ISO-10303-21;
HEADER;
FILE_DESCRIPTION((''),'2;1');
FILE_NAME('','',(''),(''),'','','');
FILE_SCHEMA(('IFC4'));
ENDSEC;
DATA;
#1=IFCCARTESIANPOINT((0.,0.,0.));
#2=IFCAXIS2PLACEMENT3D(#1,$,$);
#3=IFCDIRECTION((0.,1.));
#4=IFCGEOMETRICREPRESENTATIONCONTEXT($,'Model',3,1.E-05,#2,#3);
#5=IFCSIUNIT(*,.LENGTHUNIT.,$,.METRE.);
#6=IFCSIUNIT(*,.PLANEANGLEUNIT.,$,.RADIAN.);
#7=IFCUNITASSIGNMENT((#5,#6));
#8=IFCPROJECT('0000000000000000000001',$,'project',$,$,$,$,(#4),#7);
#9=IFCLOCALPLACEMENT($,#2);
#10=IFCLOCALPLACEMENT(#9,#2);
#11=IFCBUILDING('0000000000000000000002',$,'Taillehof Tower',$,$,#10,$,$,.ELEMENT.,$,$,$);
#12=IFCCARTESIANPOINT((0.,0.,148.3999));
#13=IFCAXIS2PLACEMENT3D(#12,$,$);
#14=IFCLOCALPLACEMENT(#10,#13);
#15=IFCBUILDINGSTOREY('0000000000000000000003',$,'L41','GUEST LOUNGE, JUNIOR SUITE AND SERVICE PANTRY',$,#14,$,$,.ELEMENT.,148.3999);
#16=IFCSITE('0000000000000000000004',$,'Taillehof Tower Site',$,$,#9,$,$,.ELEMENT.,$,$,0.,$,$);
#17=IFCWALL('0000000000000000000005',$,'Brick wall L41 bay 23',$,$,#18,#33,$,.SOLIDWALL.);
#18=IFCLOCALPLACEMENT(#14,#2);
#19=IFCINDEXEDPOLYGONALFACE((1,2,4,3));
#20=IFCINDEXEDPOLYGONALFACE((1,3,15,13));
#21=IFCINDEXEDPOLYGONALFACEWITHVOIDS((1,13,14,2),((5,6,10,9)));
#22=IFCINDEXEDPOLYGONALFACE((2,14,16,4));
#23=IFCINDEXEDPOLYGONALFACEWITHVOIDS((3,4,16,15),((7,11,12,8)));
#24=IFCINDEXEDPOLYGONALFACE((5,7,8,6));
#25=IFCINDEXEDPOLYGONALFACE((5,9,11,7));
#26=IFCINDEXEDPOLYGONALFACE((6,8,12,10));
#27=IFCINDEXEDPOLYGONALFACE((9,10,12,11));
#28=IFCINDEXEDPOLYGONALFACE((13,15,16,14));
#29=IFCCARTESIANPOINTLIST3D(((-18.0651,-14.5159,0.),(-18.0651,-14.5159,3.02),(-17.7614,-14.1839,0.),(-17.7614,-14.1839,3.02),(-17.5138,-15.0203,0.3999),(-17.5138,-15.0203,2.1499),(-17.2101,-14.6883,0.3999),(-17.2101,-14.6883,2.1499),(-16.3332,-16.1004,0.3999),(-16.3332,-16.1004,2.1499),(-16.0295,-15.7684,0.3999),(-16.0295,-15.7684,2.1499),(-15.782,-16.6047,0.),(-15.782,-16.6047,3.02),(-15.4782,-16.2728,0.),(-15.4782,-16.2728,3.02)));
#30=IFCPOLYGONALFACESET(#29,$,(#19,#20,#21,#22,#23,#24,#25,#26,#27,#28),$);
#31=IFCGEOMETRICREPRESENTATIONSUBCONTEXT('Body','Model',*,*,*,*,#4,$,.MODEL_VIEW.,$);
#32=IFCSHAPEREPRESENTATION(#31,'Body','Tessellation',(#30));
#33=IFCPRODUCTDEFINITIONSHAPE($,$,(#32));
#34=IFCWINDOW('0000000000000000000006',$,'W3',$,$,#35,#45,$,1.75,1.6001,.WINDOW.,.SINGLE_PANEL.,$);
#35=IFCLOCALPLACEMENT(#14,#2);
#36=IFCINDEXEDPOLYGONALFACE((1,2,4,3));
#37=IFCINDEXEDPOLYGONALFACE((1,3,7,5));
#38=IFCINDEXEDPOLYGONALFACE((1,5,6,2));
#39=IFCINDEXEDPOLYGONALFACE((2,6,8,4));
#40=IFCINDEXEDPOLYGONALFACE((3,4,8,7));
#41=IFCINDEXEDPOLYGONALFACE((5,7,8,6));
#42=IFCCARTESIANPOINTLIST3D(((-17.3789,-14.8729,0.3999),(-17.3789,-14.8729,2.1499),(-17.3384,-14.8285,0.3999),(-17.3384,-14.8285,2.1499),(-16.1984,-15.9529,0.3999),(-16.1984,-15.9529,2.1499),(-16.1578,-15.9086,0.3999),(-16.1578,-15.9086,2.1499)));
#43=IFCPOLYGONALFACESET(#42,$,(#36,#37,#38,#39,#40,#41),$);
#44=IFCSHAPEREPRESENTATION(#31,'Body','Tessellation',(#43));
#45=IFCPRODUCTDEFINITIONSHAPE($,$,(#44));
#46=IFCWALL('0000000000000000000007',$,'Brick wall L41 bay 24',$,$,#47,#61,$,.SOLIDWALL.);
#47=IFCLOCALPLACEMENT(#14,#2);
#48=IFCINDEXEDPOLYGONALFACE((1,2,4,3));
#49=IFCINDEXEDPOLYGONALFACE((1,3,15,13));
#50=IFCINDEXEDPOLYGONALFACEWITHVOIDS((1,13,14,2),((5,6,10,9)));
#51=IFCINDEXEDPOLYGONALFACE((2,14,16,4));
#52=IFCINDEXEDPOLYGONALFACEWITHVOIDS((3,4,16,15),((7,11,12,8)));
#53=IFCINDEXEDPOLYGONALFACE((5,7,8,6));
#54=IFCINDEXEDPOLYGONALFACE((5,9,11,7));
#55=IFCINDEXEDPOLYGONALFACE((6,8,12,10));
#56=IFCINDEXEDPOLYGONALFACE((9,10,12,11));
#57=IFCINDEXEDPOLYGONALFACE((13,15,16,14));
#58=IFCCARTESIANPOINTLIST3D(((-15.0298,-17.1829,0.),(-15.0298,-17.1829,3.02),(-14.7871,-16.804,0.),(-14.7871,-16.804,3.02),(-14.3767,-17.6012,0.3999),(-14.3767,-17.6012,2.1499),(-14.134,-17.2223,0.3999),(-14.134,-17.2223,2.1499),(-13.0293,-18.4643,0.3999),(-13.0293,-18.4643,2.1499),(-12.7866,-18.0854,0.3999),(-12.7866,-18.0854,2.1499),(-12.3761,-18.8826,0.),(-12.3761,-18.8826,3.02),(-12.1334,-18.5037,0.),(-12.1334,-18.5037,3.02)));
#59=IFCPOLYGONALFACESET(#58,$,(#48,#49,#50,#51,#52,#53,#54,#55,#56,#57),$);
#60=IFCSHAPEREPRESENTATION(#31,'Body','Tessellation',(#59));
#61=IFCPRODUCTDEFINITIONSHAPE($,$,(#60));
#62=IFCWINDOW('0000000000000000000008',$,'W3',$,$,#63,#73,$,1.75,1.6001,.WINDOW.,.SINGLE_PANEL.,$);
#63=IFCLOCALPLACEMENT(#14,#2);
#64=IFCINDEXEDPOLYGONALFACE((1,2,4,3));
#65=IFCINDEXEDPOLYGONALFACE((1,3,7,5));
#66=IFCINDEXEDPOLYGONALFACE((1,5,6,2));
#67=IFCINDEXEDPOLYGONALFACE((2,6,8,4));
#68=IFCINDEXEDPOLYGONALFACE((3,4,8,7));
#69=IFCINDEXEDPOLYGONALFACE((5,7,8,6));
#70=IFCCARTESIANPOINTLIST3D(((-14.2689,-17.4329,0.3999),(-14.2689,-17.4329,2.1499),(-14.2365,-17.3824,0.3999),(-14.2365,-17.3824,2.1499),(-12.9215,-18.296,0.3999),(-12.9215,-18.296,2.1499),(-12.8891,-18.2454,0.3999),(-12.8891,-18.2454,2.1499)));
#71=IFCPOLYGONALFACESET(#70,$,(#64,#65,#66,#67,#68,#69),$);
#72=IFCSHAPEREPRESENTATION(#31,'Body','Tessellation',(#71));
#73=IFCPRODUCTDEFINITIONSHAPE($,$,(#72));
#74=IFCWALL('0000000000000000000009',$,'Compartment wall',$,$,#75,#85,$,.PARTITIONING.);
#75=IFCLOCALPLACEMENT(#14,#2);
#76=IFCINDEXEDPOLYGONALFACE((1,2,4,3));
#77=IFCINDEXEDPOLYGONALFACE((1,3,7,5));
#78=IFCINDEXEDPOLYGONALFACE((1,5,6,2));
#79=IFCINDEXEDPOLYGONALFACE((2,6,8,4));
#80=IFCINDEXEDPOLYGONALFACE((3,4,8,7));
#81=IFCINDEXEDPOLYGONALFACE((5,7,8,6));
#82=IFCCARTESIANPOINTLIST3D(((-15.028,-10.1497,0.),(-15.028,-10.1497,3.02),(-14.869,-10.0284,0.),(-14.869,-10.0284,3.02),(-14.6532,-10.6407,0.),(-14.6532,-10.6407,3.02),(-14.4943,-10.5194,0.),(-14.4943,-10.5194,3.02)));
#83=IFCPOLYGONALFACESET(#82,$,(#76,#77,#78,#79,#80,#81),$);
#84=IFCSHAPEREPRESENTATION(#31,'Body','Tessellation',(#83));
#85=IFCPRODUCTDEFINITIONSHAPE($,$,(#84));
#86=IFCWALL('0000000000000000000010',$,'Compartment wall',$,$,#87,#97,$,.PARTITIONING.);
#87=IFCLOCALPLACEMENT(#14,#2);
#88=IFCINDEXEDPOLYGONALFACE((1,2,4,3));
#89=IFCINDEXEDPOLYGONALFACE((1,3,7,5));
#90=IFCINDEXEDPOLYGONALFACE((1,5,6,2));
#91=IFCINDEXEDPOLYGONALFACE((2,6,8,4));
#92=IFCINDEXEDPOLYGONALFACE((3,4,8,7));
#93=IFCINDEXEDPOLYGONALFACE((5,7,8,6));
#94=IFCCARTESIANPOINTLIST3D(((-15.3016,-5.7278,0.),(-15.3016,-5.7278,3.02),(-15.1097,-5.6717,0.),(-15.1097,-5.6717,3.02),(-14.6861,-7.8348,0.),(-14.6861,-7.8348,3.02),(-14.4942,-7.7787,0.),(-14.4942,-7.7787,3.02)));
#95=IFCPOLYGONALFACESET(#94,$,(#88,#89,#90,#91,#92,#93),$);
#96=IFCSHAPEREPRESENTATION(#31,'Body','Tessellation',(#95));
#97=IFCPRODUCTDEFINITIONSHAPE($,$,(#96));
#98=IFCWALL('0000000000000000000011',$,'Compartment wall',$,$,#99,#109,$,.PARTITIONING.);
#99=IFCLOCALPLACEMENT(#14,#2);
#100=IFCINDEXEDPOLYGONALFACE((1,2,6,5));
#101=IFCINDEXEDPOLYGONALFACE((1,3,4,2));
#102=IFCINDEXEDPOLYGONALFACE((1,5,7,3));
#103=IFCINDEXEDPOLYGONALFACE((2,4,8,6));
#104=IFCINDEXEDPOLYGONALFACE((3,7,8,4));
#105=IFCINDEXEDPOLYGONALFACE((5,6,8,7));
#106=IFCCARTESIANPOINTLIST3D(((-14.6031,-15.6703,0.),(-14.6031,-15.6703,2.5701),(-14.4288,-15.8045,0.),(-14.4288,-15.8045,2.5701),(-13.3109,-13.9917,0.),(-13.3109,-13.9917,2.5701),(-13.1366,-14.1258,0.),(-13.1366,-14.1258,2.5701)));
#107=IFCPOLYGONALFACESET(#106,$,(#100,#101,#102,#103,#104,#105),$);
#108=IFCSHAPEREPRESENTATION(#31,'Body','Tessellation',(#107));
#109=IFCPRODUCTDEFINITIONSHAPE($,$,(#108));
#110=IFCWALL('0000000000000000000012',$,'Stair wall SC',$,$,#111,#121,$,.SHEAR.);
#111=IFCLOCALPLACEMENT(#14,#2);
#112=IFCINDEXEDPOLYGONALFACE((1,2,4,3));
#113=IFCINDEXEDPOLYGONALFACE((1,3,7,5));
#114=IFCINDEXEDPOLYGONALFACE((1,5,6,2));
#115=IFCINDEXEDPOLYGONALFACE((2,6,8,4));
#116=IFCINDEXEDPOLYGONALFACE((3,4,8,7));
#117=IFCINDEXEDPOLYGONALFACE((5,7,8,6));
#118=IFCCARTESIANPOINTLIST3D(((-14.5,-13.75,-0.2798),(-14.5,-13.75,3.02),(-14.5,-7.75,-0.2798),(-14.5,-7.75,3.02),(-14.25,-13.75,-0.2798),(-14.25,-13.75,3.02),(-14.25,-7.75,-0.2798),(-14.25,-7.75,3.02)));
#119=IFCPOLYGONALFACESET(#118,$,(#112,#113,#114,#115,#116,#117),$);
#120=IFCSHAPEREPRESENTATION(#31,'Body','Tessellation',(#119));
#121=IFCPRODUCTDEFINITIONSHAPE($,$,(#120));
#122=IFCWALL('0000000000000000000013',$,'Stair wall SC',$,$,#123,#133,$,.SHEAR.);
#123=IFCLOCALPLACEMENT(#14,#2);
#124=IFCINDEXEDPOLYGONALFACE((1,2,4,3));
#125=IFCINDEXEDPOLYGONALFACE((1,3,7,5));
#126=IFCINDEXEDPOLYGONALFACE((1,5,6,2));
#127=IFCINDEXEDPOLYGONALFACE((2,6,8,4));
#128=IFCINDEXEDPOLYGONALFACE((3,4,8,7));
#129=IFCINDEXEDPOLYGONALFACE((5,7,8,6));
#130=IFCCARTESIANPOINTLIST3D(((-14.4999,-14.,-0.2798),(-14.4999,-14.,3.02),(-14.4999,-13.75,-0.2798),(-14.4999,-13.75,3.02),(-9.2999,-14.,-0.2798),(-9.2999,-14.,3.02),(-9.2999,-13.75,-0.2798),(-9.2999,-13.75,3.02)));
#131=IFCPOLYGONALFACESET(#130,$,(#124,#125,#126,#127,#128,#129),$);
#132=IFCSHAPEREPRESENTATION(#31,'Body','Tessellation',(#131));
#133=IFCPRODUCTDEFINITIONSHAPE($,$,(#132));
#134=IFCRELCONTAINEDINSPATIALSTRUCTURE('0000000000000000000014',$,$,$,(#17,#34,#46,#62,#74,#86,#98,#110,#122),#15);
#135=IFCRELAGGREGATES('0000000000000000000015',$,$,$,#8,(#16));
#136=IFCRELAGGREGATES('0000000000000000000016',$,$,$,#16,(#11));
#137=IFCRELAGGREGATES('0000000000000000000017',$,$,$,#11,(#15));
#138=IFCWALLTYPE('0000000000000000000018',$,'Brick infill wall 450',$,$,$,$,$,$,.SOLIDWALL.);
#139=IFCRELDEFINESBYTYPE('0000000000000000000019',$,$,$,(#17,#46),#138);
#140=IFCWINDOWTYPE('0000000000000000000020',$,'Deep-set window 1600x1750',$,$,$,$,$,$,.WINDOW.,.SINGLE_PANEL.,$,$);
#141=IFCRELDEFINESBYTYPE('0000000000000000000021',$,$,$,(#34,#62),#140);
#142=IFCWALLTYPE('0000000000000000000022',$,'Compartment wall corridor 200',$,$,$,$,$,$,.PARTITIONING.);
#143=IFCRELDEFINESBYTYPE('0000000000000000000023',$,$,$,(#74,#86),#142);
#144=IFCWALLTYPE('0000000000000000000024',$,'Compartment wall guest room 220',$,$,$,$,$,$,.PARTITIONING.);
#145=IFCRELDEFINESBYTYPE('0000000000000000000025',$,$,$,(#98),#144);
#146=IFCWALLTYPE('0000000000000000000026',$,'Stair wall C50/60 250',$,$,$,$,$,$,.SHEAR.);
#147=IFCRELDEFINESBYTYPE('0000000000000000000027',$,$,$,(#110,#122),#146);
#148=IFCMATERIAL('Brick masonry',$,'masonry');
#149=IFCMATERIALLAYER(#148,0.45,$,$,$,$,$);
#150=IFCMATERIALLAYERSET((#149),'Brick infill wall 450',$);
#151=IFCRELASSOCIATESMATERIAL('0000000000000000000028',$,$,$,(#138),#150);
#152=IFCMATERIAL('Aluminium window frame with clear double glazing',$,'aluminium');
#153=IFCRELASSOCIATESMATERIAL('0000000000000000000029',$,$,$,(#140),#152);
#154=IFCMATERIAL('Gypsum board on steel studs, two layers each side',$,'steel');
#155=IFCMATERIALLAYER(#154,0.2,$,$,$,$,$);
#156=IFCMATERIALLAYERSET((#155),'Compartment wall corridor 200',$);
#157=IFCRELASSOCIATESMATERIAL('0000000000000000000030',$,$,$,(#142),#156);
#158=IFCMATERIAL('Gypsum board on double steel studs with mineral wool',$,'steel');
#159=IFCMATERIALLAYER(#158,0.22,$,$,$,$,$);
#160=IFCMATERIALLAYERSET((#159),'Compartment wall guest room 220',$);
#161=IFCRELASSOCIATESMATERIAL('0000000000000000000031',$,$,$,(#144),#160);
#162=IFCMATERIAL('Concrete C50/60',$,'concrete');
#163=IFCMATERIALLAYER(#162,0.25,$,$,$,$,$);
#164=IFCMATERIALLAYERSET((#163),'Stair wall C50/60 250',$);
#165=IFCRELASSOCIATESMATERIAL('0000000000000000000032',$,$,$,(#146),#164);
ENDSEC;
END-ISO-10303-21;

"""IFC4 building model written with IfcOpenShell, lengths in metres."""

from ifc_helpers import new_model, si_unit, direction, frame, frame_2d, origin, place, context, subcontext, project, spatial, rectangle, extrude, material, layer, layer_set, type_object, element, fill, save


model = new_model("IFC4")

# Units and contexts
model_context = context("Model", 3, precision=1e-05, world=origin(), true_north=direction((0.0, 1.0)))
body_context = subcontext(model_context, "Body", "Model", "MODEL_VIEW")
ifc_project = project(units=[si_unit("LENGTHUNIT", "METRE"), si_unit("PLANEANGLEUNIT", "RADIAN")], contexts=[model_context])

# Site, building, storey
site_placement = place(None, origin())
site = spatial("IfcSite", under=ifc_project, at=site_placement, Name="Taillehof Tower Site", CompositionType="ELEMENT", RefElevation=0.0)
building_placement = place(site_placement, origin())
building = spatial("IfcBuilding", under=site, at=building_placement, Name="Taillehof Tower", CompositionType="ELEMENT")
storey_placement = place(building_placement, frame((0.0, 0.0, 148.3999)))
storey = spatial("IfcBuildingStorey", under=building, at=storey_placement, Name="L41", Description="GUEST LOUNGE, JUNIOR SUITE AND SERVICE PANTRY", CompositionType="ELEMENT", Elevation=148.3999)

# Walls, openings, windows
ifc_material_1 = material(Name="Brick masonry", Category="masonry")
ifc_layer_1 = layer(ifc_material_1, 0.45)
ifc_layer_set_1 = layer_set([ifc_layer_1], Name="Brick infill wall 450")
wall_type_1 = type_object("IfcWallType", Name="Brick infill wall 450", PredefinedType="SOLIDWALL", material=ifc_layer_set_1)
ifc_material_2 = material(Name="Aluminium window frame with clear double glazing", Category="aluminium")
window_type = type_object("IfcWindowType", Name="Deep-set window 1600x1750", PartitioningType="SINGLE_PANEL", PredefinedType="WINDOW", material=ifc_material_2)
wall_1_placement = place(storey_placement, frame((-17.9133, -14.3499, 0.0), z_axis=(0.0, 0.0, 1.0), x_axis=(0.737809, -0.67501, 0.0)))
wall_1 = element("IfcWall", 1, at=wall_1_placement, inside=storey, type_object=wall_type_1, Name="Brick wall L41 bay 23", PredefinedType="SOLIDWALL", context=body_context, shape_type="SweptSolid", body=[
    extrude(rectangle(XDim=3.0945, YDim=0.45, at=frame_2d((1.5474, 0.0))), origin(), (0.0, 0.0, 1.0), 3.02),
])
opening_1_placement = place(wall_1_placement, frame((0.7473, 0.0, 0.3999)))
opening_1 = element("IfcOpeningElement", 2, at=opening_1_placement, cuts=wall_1, PredefinedType="OPENING", context=body_context, shape_type="SweptSolid", body=[
    extrude(rectangle(XDim=1.6001, YDim=1.75, at=frame_2d((0.8, 0.875))), frame((0.0, 0.2349, 0.0), z_axis=(0.0, -1.0, 0.0), x_axis=(1.0, 0.0, 0.0)), (0.0, 0.0, 1.0), 0.47),
])
window_1_placement = place(opening_1_placement, origin())
window_1 = element("IfcWindow", 3, at=window_1_placement, inside=storey, type_object=window_type, Name="W3", OverallHeight=1.75, OverallWidth=1.6001, PartitioningType="SINGLE_PANEL", PredefinedType="WINDOW", context=body_context, shape_type="SweptSolid", body=[
    extrude(rectangle(XDim=1.6001, YDim=1.75, at=frame_2d((0.8, 0.875))), frame((0.0, 0.0349, 0.0), z_axis=(0.0, -1.0, 0.0), x_axis=(1.0, 0.0, 0.0)), (0.0, 0.0, 1.0), 0.0601),
])
fill(opening_1, window_1)
wall_2_placement = place(storey_placement, frame((-14.9084, -16.9934, 0.0), z_axis=(0.0, 0.0, 1.0), x_axis=(0.842066, -0.539375, 0.0)))
wall_2 = element("IfcWall", 4, at=wall_2_placement, inside=storey, type_object=wall_type_1, Name="Brick wall L41 bay 24", PredefinedType="SOLIDWALL", context=body_context, shape_type="SweptSolid", body=[
    extrude(rectangle(XDim=3.1514, YDim=0.45, at=frame_2d((1.5757, 0.0))), origin(), (0.0, 0.0, 1.0), 3.02),
])
opening_2_placement = place(wall_2_placement, frame((0.7756, 0.0, 0.3999)))
opening_2 = element("IfcOpeningElement", 5, at=opening_2_placement, cuts=wall_2, PredefinedType="OPENING", context=body_context, shape_type="SweptSolid", body=[
    extrude(rectangle(XDim=1.6001, YDim=1.75, at=frame_2d((0.8, 0.875))), frame((0.0, 0.2349, 0.0), z_axis=(0.0, -1.0, 0.0), x_axis=(1.0, 0.0, 0.0)), (0.0, 0.0, 1.0), 0.47),
])
window_2_placement = place(opening_2_placement, origin())
window_2 = element("IfcWindow", 6, at=window_2_placement, inside=storey, type_object=window_type, Name="W3", OverallHeight=1.75, OverallWidth=1.6001, PartitioningType="SINGLE_PANEL", PredefinedType="WINDOW", context=body_context, shape_type="SweptSolid", body=[
    extrude(rectangle(XDim=1.6001, YDim=1.75, at=frame_2d((0.8, 0.875))), frame((0.0, 0.0349, 0.0), z_axis=(0.0, -1.0, 0.0), x_axis=(1.0, 0.0, 0.0)), (0.0, 0.0, 1.0), 0.0601),
])
fill(opening_2, window_2)

# Walls
ifc_material_3 = material(Name="Gypsum board on steel studs, two layers each side", Category="steel")
ifc_layer_2 = layer(ifc_material_3, 0.2)
ifc_layer_set_2 = layer_set([ifc_layer_2], Name="Compartment wall corridor 200")
wall_type_2 = type_object("IfcWallType", Name="Compartment wall corridor 200", PredefinedType="PARTITIONING", material=ifc_layer_set_2)
wall_3_placement = place(storey_placement, frame((-14.5737, -10.5801, 0.0), z_axis=(0.0, 0.0, 1.0), x_axis=(-0.606746, 0.794896, 0.0)))
element("IfcWall", 7, at=wall_3_placement, inside=storey, type_object=wall_type_2, Name="Compartment wall", PredefinedType="PARTITIONING", context=body_context, shape_type="SweptSolid", body=[
    extrude(rectangle(XDim=0.6177, YDim=0.2, at=frame_2d((0.3088, 0.0))), origin(), (0.0, 0.0, 1.0), 3.02),
])
wall_4_placement = place(storey_placement, frame((-14.5901, -7.8069, 0.0), z_axis=(0.0, 0.0, 1.0), x_axis=(-0.280401, 0.959883, 0.0)))
element("IfcWall", 8, at=wall_4_placement, inside=storey, type_object=wall_type_2, Name="Compartment wall", PredefinedType="PARTITIONING", context=body_context, shape_type="SweptSolid", body=[
    extrude(rectangle(XDim=2.1951, YDim=0.2, at=frame_2d((1.0977, 0.0))), origin(), (0.0, 0.0, 1.0), 3.02),
])
ifc_material_4 = material(Name="Gypsum board on double steel studs with mineral wool", Category="steel")
ifc_layer_3 = layer(ifc_material_4, 0.22)
ifc_layer_set_3 = layer_set([ifc_layer_3], Name="Compartment wall guest room 220")
wall_type_3 = type_object("IfcWallType", Name="Compartment wall guest room 220", PredefinedType="PARTITIONING", material=ifc_layer_set_3)
wall_5_placement = place(storey_placement, frame((-14.5159, -15.7373, 0.0), z_axis=(0.0, 0.0, 1.0), x_axis=(0.609984, 0.792414, 0.0)))
element("IfcWall", 9, at=wall_5_placement, inside=storey, type_object=wall_type_3, Name="Compartment wall", PredefinedType="PARTITIONING", context=body_context, shape_type="SweptSolid", body=[
    extrude(rectangle(XDim=2.1184, YDim=0.22, at=frame_2d((1.0591, 0.0))), origin(), (0.0, 0.0, 1.0), 2.5701),
])
ifc_material_5 = material(Name="Concrete C50/60", Category="concrete")
ifc_layer_4 = layer(ifc_material_5, 0.25)
ifc_layer_set_4 = layer_set([ifc_layer_4], Name="Stair wall C50/60 250")
wall_type_4 = type_object("IfcWallType", Name="Stair wall C50/60 250", PredefinedType="SHEAR", material=ifc_layer_set_4)
wall_6_placement = place(storey_placement, frame((-14.375, -13.75, -0.2798), z_axis=(0.0, 0.0, 1.0), x_axis=(0.0, 1.0, 0.0)))
element("IfcWall", 10, at=wall_6_placement, inside=storey, type_object=wall_type_4, Name="Stair wall SC", PredefinedType="SHEAR", context=body_context, shape_type="SweptSolid", body=[
    extrude(rectangle(XDim=6.0, YDim=0.25, at=frame_2d((3.0, 0.0))), origin(), (0.0, 0.0, 1.0), 3.2998),
])
wall_7_placement = place(storey_placement, frame((-14.5, -13.875, -0.2798), z_axis=(0.0, 0.0, 1.0), x_axis=(1.0, 0.0, 0.0)))
element("IfcWall", 11, at=wall_7_placement, inside=storey, type_object=wall_type_4, Name="Stair wall SC", PredefinedType="SHEAR", context=body_context, shape_type="SweptSolid", body=[
    extrude(rectangle(XDim=5.2, YDim=0.25, at=frame_2d((2.6001, 0.0))), origin(), (0.0, 0.0, 1.0), 3.2998),
])

save(model, "model.ifc")
